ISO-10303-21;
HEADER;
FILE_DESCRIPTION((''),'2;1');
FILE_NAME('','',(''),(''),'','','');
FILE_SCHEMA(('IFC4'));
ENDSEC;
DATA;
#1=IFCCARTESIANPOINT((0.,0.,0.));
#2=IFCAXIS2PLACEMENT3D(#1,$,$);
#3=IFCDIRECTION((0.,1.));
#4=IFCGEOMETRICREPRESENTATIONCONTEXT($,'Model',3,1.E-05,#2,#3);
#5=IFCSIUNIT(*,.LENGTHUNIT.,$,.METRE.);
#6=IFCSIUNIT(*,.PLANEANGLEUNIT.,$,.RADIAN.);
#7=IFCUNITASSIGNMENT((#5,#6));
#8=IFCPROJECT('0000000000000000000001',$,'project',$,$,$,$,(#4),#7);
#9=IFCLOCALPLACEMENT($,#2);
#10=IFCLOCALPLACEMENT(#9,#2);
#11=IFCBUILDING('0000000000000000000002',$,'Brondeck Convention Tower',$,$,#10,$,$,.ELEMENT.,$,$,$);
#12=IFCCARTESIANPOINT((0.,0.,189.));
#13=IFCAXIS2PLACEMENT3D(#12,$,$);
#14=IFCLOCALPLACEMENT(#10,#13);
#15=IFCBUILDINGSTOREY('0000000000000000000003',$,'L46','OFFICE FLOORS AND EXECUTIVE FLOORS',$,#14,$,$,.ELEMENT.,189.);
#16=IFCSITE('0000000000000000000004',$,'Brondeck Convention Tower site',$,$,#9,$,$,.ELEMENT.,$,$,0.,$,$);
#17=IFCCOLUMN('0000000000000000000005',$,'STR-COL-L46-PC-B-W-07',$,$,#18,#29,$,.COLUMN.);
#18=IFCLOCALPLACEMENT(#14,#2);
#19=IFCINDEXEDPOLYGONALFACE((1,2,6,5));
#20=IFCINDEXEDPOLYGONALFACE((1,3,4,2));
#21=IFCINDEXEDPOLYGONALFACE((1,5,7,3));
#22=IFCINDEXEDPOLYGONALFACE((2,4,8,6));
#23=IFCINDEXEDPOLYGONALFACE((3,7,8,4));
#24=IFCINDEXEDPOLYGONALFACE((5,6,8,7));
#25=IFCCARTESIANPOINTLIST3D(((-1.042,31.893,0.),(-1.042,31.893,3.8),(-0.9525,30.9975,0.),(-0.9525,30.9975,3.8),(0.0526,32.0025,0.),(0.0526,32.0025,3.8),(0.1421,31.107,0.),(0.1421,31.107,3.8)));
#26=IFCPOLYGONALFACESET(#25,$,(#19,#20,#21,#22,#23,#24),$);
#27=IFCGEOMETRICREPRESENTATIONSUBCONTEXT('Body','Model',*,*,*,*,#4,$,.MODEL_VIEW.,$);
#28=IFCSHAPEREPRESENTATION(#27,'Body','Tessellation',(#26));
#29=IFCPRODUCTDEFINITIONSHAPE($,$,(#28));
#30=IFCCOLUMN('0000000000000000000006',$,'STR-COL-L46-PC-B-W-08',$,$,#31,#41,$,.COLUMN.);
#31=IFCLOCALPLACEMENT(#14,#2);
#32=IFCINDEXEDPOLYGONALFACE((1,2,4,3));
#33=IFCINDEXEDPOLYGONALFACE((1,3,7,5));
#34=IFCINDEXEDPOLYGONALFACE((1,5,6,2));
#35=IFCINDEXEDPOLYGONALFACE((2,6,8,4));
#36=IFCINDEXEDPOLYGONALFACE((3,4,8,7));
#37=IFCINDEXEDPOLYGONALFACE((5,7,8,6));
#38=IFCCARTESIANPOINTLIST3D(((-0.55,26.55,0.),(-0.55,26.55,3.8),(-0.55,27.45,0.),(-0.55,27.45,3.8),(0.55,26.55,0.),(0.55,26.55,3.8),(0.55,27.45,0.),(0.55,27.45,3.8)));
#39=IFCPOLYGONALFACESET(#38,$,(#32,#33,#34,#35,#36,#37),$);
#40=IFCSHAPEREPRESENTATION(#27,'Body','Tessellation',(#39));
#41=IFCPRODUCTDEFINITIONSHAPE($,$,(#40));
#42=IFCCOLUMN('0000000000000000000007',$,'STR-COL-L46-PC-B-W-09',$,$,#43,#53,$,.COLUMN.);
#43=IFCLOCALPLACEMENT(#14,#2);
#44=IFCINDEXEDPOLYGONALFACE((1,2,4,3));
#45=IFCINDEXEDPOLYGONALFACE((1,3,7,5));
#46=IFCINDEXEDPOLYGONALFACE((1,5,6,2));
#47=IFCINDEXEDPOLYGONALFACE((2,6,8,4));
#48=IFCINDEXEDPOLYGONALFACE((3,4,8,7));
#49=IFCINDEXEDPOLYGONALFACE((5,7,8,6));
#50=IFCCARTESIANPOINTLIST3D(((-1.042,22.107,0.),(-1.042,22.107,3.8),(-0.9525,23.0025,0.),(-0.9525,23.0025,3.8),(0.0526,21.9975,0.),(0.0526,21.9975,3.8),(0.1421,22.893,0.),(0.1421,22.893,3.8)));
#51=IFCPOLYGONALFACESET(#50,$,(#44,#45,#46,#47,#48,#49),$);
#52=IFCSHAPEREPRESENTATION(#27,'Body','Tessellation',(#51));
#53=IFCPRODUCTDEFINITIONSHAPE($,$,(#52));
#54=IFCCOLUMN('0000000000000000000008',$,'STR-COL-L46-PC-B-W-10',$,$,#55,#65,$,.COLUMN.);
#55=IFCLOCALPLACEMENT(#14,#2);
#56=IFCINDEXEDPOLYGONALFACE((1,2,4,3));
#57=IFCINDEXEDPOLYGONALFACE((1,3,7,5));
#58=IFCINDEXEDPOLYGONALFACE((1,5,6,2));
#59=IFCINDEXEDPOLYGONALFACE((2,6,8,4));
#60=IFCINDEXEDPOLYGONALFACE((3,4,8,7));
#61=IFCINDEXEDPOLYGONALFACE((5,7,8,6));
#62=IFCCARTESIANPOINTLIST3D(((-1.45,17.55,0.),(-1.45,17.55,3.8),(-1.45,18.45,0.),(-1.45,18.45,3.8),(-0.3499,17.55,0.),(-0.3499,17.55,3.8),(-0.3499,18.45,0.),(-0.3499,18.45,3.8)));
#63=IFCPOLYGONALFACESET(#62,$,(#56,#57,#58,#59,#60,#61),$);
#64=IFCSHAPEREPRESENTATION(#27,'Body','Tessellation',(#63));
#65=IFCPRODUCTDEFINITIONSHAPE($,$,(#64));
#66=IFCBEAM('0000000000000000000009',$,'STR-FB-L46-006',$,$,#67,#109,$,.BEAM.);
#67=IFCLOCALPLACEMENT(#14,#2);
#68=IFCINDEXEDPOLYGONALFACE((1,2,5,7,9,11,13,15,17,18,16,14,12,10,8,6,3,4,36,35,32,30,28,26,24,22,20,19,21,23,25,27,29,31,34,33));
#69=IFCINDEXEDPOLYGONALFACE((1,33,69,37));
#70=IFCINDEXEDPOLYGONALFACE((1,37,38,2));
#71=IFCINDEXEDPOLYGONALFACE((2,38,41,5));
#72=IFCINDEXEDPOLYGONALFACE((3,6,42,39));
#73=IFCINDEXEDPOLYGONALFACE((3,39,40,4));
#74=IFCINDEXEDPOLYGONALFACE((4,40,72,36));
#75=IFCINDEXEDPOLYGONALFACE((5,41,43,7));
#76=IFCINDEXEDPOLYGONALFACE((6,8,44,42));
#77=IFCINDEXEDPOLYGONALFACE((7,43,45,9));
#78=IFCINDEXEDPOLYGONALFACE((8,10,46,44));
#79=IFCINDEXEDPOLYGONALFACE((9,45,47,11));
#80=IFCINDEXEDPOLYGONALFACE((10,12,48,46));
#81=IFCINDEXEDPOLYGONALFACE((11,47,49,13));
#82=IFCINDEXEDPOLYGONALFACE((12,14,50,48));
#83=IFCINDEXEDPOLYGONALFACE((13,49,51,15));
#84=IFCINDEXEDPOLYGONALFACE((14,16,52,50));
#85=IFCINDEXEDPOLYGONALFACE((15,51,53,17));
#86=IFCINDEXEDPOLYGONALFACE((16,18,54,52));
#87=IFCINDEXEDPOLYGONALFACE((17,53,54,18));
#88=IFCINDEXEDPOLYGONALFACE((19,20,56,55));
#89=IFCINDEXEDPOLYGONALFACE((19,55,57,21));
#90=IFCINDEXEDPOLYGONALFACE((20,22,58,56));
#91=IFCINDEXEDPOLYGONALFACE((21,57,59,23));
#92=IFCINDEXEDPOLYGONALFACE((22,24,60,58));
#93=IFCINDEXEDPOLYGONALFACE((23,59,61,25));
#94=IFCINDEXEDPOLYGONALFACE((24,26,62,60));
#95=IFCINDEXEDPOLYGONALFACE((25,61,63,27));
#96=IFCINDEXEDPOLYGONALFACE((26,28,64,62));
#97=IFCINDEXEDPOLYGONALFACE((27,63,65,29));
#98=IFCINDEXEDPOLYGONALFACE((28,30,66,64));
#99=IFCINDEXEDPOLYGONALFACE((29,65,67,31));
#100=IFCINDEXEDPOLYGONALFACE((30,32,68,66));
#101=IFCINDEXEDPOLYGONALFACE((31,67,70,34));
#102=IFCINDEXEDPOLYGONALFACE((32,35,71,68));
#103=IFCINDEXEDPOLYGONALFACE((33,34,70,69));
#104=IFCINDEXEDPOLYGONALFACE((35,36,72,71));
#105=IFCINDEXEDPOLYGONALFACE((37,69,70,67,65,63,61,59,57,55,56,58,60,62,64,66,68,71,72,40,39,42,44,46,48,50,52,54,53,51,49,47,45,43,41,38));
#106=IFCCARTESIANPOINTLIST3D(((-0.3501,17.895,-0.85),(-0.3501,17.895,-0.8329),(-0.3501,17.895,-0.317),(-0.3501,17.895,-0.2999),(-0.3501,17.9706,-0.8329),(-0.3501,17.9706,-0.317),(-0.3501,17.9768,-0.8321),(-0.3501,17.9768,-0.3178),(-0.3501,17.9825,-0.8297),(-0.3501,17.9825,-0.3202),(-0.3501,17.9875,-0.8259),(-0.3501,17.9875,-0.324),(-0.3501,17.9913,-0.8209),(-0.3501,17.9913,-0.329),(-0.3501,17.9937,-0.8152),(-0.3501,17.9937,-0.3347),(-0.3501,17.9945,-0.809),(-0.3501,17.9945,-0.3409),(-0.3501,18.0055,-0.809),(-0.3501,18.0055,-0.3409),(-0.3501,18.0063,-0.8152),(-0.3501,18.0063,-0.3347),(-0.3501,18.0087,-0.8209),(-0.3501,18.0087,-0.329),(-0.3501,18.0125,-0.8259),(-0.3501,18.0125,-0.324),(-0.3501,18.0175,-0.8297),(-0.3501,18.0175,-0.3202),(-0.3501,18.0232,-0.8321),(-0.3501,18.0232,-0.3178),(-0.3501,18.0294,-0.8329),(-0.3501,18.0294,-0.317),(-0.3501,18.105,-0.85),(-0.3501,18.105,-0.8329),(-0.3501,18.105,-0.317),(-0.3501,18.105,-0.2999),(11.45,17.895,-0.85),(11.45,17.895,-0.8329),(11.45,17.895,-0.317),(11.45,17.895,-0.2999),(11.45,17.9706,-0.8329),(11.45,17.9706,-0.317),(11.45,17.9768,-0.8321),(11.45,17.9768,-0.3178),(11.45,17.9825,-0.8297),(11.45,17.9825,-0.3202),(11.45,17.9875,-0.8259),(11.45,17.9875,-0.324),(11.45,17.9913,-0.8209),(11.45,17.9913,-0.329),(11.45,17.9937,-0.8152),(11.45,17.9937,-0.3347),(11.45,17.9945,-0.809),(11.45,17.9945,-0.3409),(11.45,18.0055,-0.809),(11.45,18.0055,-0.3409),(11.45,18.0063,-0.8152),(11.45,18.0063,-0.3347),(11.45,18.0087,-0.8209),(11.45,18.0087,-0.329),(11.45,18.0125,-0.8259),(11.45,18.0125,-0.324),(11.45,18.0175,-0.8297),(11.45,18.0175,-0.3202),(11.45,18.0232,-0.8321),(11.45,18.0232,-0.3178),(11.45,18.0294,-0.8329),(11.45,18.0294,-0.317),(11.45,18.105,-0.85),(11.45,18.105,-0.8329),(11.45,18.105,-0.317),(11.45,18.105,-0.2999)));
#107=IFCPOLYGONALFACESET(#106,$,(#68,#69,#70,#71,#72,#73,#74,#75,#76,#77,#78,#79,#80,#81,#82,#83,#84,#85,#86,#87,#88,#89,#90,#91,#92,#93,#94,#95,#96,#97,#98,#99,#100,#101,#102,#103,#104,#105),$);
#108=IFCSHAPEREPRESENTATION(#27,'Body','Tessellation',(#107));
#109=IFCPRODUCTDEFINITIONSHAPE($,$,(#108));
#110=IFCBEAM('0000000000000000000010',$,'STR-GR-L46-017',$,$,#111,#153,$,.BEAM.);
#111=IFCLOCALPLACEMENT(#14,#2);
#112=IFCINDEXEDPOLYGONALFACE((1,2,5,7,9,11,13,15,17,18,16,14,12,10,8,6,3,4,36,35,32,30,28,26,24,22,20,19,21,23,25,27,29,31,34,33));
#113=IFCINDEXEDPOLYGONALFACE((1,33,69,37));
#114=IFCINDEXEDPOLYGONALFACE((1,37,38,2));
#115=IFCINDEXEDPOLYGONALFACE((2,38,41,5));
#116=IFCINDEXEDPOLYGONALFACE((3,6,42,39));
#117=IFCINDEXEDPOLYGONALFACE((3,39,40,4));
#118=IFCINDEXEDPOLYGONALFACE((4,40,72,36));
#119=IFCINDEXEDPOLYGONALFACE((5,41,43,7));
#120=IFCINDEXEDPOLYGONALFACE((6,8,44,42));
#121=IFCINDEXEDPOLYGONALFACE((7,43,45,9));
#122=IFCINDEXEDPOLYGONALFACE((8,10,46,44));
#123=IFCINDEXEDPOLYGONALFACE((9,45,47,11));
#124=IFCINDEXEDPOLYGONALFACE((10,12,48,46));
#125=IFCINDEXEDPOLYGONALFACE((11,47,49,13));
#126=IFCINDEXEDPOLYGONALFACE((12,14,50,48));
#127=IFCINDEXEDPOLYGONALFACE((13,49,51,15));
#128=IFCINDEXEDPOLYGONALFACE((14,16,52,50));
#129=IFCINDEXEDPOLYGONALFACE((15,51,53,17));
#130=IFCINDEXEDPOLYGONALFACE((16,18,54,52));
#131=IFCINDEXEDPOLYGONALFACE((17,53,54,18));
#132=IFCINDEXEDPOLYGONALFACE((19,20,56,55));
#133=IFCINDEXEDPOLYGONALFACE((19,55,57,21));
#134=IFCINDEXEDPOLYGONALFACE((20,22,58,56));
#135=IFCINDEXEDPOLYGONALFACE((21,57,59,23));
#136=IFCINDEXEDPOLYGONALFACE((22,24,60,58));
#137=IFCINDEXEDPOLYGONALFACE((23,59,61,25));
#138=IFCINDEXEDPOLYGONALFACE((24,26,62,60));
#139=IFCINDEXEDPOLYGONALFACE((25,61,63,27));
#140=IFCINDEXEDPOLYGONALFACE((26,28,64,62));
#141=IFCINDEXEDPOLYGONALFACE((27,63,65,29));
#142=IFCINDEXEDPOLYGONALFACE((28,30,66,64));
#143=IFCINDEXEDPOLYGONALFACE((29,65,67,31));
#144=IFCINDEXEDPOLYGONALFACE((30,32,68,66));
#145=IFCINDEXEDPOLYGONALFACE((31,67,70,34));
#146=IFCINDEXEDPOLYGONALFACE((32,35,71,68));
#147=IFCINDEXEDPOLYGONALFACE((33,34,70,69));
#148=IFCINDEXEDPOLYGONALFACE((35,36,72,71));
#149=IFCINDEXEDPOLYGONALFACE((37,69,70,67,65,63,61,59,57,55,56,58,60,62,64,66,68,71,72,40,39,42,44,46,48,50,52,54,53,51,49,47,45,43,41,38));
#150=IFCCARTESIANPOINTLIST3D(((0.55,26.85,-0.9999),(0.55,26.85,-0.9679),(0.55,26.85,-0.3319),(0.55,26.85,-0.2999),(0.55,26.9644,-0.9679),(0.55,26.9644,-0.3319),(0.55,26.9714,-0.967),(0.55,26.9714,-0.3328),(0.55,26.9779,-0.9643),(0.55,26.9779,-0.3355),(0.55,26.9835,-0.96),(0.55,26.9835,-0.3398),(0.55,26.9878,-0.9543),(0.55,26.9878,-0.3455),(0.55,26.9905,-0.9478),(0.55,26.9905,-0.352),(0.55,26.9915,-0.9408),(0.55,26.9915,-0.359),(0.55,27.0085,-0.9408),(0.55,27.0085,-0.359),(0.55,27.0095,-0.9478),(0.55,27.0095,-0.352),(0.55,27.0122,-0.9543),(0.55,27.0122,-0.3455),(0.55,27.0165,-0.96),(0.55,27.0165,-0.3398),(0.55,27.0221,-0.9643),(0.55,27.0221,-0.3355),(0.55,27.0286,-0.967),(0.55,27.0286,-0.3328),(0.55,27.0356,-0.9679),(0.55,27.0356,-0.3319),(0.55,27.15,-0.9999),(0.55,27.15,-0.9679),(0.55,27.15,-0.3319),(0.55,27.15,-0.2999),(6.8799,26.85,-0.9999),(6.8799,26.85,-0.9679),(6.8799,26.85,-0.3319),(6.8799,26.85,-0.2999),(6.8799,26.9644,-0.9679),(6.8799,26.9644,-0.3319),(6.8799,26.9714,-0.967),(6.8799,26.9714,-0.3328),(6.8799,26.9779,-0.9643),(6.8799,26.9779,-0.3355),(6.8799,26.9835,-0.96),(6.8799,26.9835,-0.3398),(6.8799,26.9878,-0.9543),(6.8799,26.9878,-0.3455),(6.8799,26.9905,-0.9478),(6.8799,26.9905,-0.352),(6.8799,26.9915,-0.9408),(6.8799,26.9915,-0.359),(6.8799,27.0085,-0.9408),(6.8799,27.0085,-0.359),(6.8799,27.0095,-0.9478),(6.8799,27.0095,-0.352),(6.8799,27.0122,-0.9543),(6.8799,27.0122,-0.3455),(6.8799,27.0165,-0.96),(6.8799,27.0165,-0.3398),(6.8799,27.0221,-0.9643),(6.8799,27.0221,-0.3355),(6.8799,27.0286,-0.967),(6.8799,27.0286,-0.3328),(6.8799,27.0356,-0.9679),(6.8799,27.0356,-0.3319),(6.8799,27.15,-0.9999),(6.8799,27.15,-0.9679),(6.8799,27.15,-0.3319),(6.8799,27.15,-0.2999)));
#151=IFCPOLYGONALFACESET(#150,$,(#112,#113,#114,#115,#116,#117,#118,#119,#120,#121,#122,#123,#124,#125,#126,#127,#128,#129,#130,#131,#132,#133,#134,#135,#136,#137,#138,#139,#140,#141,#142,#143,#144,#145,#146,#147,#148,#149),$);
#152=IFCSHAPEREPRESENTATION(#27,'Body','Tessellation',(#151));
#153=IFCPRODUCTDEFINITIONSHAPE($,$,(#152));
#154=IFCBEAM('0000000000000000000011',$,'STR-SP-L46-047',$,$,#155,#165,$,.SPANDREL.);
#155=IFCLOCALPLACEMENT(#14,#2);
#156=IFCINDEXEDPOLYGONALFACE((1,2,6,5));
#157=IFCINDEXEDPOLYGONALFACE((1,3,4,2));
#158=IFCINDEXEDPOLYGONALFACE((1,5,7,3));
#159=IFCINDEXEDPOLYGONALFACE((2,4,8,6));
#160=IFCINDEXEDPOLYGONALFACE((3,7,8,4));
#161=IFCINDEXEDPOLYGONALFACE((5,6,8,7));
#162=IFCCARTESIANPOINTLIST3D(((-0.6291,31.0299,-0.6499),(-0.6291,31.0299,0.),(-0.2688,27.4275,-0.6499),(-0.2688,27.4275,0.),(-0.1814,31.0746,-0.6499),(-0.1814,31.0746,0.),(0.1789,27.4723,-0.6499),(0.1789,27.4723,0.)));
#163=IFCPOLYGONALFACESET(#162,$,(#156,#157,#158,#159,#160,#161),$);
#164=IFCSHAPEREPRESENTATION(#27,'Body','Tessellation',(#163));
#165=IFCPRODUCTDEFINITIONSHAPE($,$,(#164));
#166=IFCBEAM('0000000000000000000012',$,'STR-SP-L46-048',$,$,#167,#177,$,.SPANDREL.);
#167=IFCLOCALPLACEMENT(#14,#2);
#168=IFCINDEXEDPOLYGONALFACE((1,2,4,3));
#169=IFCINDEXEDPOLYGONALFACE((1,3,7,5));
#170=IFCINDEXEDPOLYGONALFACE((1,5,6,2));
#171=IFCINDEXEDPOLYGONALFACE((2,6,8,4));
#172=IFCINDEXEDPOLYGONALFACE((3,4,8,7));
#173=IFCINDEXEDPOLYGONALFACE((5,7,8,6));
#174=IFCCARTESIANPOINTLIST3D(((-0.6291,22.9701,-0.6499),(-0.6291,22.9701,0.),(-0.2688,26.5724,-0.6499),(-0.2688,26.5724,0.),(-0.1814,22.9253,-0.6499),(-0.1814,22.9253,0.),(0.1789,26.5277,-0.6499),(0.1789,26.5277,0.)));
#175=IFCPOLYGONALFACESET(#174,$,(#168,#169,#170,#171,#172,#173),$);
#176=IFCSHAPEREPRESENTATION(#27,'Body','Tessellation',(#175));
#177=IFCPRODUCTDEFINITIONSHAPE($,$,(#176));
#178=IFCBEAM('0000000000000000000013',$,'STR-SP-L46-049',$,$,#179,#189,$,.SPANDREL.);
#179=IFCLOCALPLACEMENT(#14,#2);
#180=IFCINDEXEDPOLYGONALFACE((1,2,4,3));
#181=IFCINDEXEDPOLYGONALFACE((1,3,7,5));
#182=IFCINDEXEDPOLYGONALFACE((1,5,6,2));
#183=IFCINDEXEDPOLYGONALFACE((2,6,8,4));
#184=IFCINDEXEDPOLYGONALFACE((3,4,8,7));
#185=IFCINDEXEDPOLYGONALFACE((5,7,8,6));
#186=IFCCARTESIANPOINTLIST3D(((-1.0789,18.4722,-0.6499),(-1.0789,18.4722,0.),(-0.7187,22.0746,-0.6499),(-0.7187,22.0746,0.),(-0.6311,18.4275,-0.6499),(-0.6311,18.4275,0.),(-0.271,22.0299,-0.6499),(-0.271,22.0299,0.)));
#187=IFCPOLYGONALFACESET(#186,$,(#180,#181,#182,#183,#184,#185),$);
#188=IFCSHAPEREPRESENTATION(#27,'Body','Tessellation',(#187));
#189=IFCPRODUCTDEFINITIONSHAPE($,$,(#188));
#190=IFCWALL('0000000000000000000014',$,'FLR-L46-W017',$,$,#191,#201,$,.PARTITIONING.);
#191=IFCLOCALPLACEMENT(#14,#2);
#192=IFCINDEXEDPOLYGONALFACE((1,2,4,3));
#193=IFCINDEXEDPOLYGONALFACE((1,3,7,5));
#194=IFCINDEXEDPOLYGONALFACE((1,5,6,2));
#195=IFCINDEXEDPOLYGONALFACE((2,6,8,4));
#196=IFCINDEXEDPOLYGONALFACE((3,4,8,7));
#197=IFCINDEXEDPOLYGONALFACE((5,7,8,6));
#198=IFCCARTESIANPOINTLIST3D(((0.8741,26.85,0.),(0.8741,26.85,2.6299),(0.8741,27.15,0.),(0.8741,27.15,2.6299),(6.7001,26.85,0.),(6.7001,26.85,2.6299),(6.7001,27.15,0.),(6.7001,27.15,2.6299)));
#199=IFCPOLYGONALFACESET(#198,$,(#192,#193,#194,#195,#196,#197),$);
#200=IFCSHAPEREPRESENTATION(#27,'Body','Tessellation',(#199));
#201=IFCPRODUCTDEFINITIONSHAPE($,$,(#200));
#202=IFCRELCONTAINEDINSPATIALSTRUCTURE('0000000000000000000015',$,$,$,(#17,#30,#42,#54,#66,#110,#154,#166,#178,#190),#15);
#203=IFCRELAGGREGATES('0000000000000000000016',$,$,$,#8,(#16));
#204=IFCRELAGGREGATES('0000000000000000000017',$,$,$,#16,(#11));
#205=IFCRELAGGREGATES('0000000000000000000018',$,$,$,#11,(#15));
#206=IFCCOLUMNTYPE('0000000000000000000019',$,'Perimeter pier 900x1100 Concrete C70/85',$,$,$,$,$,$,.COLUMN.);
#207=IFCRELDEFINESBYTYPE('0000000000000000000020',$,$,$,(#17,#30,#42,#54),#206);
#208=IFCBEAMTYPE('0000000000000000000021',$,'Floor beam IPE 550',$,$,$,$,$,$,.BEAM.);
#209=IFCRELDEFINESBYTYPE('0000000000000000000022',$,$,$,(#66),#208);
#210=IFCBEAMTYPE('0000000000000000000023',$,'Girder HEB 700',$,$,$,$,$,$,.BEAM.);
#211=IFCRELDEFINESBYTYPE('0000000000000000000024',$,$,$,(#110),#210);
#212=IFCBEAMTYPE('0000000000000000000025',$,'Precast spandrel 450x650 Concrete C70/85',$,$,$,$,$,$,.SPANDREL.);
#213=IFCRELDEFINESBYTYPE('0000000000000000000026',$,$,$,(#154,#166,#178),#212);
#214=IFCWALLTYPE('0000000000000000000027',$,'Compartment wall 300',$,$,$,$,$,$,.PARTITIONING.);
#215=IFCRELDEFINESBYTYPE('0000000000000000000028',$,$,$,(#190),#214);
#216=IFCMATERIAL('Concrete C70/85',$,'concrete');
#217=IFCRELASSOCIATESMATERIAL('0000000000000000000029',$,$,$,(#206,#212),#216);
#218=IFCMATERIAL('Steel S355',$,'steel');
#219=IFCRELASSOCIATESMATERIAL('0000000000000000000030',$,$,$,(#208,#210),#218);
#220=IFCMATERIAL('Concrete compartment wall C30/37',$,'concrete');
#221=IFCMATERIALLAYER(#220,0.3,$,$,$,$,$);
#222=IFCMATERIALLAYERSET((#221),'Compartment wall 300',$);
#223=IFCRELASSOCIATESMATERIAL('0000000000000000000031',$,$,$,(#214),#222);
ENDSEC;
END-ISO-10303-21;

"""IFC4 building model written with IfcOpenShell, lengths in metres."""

from ifc_helpers import new_model, si_unit, direction, frame, frame_2d, origin, origin_2d, place, context, subcontext, project, spatial, rectangle, i_section, extrude, material, layer, layer_set, material_profile, profile_set, type_object, element, save


model = new_model("IFC4")

# Units and contexts
model_context = context("Model", 3, precision=1e-05, world=origin(), true_north=direction((0.0, 1.0)))
body_context = subcontext(model_context, "Body", "Model", "MODEL_VIEW")
ifc_project = project(units=[si_unit("LENGTHUNIT", "METRE"), si_unit("PLANEANGLEUNIT", "RADIAN")], contexts=[model_context])

# Site, building, storey
site_placement = place(None, origin())
site = spatial("IfcSite", under=ifc_project, at=site_placement, Name="Brondeck Convention Tower site", CompositionType="ELEMENT", RefElevation=0.0)
building_placement = place(site_placement, origin())
building = spatial("IfcBuilding", under=site, at=building_placement, Name="Brondeck Convention Tower", CompositionType="ELEMENT")
storey_placement = place(building_placement, frame((0.0, 0.0, 189.0)))
storey = spatial("IfcBuildingStorey", under=building, at=storey_placement, Name="L46", Description="OFFICE FLOORS AND EXECUTIVE FLOORS", CompositionType="ELEMENT", Elevation=189.0)

# Columns
ifc_material_1 = material(Name="Concrete C70/85", Category="concrete")
ifc_material_profile_1 = material_profile(ifc_material_1, rectangle(XDim=0.8999, YDim=1.1001, at=origin_2d()), Name="Perimeter pier 900x1100 Concrete C70/85")
ifc_profile_set_1 = profile_set([ifc_material_profile_1], Name="Concrete C70/85")
column_type = type_object("IfcColumnType", Name="Perimeter pier 900x1100 Concrete C70/85", PredefinedType="COLUMN", material=ifc_profile_set_1)
for number, where, z_axis, x_axis, name in (
    (1, (-0.45, 31.5, 0.0), (0.0, 0.0, 1.0), (0.099504, -0.995037, 0.0), "STR-COL-L46-PC-B-W-07"),
    (2, (0.0, 27.0, 0.0), (0.0, 0.0, 1.0), (0.0, -1.0, 0.0), "STR-COL-L46-PC-B-W-08"),
    (3, (-0.45, 22.5, 0.0), (0.0, 0.0, 1.0), (-0.099504, -0.995037, 0.0), "STR-COL-L46-PC-B-W-09"),
    (4, (-0.8999, 18.0, 0.0), (0.0, 0.0, 1.0), (0.0, -1.0, 0.0), "STR-COL-L46-PC-B-W-10"),
):
    element("IfcColumn", number, at=place(storey_placement, frame(where, z_axis=z_axis, x_axis=x_axis)), inside=storey, type_object=column_type, Name=name, PredefinedType="COLUMN", context=body_context, shape_type="SweptSolid", body=[
        extrude(rectangle(XDim=0.8999, YDim=1.1001, at=origin_2d()), origin(), (0.0, 0.0, 1.0), 3.8),
    ])

# Beams
ifc_material_2 = material(Name="Steel S355", Category="steel")
ifc_material_profile_2 = material_profile(ifc_material_2, i_section(OverallWidth=0.21, OverallDepth=0.55, WebThickness=0.011, FlangeThickness=0.0171, FilletRadius=0.0239, at=origin_2d()), Name="IPE 550")
ifc_profile_set_2 = profile_set([ifc_material_profile_2], Name="Steel S355")
beam_type_1 = type_object("IfcBeamType", Name="Floor beam IPE 550", PredefinedType="BEAM", material=ifc_profile_set_2)
beam_1_placement = place(storey_placement, frame((-0.3501, 18.0, -0.575), z_axis=(1.0, 0.0, 0.0), x_axis=(0.0, 1.0, 0.0)))
element("IfcBeam", 5, at=beam_1_placement, inside=storey, type_object=beam_type_1, Name="STR-FB-L46-006", PredefinedType="BEAM", context=body_context, shape_type="SweptSolid", body=[
    extrude(i_section(OverallWidth=0.21, OverallDepth=0.55, WebThickness=0.011, FlangeThickness=0.0171, FilletRadius=0.0239, at=origin_2d()), origin(), (0.0, 0.0, 1.0), 11.8),
])
ifc_material_profile_3 = material_profile(ifc_material_2, i_section(OverallWidth=0.3, OverallDepth=0.7, WebThickness=0.0171, FlangeThickness=0.032, FilletRadius=0.0271, at=origin_2d()), Name="HEB 700")
ifc_profile_set_3 = profile_set([ifc_material_profile_3], Name="Steel S355")
beam_type_2 = type_object("IfcBeamType", Name="Girder HEB 700", PredefinedType="BEAM", material=ifc_profile_set_3)
beam_2_placement = place(storey_placement, frame((0.55, 27.0, -0.6499), z_axis=(1.0, 0.0, 0.0), x_axis=(0.0, 1.0, 0.0)))
element("IfcBeam", 6, at=beam_2_placement, inside=storey, type_object=beam_type_2, Name="STR-GR-L46-017", PredefinedType="BEAM", context=body_context, shape_type="SweptSolid", body=[
    extrude(i_section(OverallWidth=0.3, OverallDepth=0.7, WebThickness=0.0171, FlangeThickness=0.032, FilletRadius=0.0271, at=origin_2d()), origin(), (0.0, 0.0, 1.0), 6.3298),
])
ifc_material_profile_4 = material_profile(ifc_material_1, rectangle(XDim=0.45, YDim=0.6499, at=origin_2d()), Name="Precast spandrel 450x650 Concrete C70/85")
ifc_profile_set_4 = profile_set([ifc_material_profile_4], Name="Concrete C70/85")
beam_type_3 = type_object("IfcBeamType", Name="Precast spandrel 450x650 Concrete C70/85", PredefinedType="SPANDREL", material=ifc_profile_set_4)
for number, where, z_axis, x_axis, name in (
    (7, (-0.4053, 31.0522, -0.325), (0.099537, -0.995034, 0.0), (0.995034, 0.099537, 0.0), "STR-SP-L46-047"),
    (8, (-0.0449, 26.55, -0.325), (-0.099537, -0.995034, 0.0), (0.995034, -0.099537, 0.0), "STR-SP-L46-048"),
    (9, (-0.4949, 22.0522, -0.325), (-0.09947, -0.995041, 0.0), (0.995041, -0.09947, 0.0), "STR-SP-L46-049"),
):
    element("IfcBeam", number, at=place(storey_placement, frame(where, z_axis=z_axis, x_axis=x_axis)), inside=storey, type_object=beam_type_3, Name=name, PredefinedType="SPANDREL", context=body_context, shape_type="SweptSolid", body=[
        extrude(rectangle(XDim=0.45, YDim=0.6499, at=origin_2d()), origin(), (0.0, 0.0, 1.0), 3.6204),
    ])

# Wall
ifc_material_3 = material(Name="Concrete compartment wall C30/37", Category="concrete")
ifc_layer_1 = layer(ifc_material_3, 0.3)
ifc_layer_set_1 = layer_set([ifc_layer_1], Name="Compartment wall 300")
wall_type_1 = type_object("IfcWallType", Name="Compartment wall 300", PredefinedType="PARTITIONING", material=ifc_layer_set_1)
wall_1_placement = place(storey_placement, frame((0.874, 27.0, 0.0), z_axis=(0.0, 0.0, 1.0), x_axis=(1.0, 0.0, 0.0)))
element("IfcWall", 10, at=wall_1_placement, inside=storey, type_object=wall_type_1, Name="FLR-L46-W017", PredefinedType="PARTITIONING", context=body_context, shape_type="SweptSolid", body=[
    extrude(rectangle(XDim=5.8259, YDim=0.3, at=frame_2d((2.9131, 0.0))), origin(), (0.0, 0.0, 1.0), 2.6299),
])

save(model, "model.ifc")
